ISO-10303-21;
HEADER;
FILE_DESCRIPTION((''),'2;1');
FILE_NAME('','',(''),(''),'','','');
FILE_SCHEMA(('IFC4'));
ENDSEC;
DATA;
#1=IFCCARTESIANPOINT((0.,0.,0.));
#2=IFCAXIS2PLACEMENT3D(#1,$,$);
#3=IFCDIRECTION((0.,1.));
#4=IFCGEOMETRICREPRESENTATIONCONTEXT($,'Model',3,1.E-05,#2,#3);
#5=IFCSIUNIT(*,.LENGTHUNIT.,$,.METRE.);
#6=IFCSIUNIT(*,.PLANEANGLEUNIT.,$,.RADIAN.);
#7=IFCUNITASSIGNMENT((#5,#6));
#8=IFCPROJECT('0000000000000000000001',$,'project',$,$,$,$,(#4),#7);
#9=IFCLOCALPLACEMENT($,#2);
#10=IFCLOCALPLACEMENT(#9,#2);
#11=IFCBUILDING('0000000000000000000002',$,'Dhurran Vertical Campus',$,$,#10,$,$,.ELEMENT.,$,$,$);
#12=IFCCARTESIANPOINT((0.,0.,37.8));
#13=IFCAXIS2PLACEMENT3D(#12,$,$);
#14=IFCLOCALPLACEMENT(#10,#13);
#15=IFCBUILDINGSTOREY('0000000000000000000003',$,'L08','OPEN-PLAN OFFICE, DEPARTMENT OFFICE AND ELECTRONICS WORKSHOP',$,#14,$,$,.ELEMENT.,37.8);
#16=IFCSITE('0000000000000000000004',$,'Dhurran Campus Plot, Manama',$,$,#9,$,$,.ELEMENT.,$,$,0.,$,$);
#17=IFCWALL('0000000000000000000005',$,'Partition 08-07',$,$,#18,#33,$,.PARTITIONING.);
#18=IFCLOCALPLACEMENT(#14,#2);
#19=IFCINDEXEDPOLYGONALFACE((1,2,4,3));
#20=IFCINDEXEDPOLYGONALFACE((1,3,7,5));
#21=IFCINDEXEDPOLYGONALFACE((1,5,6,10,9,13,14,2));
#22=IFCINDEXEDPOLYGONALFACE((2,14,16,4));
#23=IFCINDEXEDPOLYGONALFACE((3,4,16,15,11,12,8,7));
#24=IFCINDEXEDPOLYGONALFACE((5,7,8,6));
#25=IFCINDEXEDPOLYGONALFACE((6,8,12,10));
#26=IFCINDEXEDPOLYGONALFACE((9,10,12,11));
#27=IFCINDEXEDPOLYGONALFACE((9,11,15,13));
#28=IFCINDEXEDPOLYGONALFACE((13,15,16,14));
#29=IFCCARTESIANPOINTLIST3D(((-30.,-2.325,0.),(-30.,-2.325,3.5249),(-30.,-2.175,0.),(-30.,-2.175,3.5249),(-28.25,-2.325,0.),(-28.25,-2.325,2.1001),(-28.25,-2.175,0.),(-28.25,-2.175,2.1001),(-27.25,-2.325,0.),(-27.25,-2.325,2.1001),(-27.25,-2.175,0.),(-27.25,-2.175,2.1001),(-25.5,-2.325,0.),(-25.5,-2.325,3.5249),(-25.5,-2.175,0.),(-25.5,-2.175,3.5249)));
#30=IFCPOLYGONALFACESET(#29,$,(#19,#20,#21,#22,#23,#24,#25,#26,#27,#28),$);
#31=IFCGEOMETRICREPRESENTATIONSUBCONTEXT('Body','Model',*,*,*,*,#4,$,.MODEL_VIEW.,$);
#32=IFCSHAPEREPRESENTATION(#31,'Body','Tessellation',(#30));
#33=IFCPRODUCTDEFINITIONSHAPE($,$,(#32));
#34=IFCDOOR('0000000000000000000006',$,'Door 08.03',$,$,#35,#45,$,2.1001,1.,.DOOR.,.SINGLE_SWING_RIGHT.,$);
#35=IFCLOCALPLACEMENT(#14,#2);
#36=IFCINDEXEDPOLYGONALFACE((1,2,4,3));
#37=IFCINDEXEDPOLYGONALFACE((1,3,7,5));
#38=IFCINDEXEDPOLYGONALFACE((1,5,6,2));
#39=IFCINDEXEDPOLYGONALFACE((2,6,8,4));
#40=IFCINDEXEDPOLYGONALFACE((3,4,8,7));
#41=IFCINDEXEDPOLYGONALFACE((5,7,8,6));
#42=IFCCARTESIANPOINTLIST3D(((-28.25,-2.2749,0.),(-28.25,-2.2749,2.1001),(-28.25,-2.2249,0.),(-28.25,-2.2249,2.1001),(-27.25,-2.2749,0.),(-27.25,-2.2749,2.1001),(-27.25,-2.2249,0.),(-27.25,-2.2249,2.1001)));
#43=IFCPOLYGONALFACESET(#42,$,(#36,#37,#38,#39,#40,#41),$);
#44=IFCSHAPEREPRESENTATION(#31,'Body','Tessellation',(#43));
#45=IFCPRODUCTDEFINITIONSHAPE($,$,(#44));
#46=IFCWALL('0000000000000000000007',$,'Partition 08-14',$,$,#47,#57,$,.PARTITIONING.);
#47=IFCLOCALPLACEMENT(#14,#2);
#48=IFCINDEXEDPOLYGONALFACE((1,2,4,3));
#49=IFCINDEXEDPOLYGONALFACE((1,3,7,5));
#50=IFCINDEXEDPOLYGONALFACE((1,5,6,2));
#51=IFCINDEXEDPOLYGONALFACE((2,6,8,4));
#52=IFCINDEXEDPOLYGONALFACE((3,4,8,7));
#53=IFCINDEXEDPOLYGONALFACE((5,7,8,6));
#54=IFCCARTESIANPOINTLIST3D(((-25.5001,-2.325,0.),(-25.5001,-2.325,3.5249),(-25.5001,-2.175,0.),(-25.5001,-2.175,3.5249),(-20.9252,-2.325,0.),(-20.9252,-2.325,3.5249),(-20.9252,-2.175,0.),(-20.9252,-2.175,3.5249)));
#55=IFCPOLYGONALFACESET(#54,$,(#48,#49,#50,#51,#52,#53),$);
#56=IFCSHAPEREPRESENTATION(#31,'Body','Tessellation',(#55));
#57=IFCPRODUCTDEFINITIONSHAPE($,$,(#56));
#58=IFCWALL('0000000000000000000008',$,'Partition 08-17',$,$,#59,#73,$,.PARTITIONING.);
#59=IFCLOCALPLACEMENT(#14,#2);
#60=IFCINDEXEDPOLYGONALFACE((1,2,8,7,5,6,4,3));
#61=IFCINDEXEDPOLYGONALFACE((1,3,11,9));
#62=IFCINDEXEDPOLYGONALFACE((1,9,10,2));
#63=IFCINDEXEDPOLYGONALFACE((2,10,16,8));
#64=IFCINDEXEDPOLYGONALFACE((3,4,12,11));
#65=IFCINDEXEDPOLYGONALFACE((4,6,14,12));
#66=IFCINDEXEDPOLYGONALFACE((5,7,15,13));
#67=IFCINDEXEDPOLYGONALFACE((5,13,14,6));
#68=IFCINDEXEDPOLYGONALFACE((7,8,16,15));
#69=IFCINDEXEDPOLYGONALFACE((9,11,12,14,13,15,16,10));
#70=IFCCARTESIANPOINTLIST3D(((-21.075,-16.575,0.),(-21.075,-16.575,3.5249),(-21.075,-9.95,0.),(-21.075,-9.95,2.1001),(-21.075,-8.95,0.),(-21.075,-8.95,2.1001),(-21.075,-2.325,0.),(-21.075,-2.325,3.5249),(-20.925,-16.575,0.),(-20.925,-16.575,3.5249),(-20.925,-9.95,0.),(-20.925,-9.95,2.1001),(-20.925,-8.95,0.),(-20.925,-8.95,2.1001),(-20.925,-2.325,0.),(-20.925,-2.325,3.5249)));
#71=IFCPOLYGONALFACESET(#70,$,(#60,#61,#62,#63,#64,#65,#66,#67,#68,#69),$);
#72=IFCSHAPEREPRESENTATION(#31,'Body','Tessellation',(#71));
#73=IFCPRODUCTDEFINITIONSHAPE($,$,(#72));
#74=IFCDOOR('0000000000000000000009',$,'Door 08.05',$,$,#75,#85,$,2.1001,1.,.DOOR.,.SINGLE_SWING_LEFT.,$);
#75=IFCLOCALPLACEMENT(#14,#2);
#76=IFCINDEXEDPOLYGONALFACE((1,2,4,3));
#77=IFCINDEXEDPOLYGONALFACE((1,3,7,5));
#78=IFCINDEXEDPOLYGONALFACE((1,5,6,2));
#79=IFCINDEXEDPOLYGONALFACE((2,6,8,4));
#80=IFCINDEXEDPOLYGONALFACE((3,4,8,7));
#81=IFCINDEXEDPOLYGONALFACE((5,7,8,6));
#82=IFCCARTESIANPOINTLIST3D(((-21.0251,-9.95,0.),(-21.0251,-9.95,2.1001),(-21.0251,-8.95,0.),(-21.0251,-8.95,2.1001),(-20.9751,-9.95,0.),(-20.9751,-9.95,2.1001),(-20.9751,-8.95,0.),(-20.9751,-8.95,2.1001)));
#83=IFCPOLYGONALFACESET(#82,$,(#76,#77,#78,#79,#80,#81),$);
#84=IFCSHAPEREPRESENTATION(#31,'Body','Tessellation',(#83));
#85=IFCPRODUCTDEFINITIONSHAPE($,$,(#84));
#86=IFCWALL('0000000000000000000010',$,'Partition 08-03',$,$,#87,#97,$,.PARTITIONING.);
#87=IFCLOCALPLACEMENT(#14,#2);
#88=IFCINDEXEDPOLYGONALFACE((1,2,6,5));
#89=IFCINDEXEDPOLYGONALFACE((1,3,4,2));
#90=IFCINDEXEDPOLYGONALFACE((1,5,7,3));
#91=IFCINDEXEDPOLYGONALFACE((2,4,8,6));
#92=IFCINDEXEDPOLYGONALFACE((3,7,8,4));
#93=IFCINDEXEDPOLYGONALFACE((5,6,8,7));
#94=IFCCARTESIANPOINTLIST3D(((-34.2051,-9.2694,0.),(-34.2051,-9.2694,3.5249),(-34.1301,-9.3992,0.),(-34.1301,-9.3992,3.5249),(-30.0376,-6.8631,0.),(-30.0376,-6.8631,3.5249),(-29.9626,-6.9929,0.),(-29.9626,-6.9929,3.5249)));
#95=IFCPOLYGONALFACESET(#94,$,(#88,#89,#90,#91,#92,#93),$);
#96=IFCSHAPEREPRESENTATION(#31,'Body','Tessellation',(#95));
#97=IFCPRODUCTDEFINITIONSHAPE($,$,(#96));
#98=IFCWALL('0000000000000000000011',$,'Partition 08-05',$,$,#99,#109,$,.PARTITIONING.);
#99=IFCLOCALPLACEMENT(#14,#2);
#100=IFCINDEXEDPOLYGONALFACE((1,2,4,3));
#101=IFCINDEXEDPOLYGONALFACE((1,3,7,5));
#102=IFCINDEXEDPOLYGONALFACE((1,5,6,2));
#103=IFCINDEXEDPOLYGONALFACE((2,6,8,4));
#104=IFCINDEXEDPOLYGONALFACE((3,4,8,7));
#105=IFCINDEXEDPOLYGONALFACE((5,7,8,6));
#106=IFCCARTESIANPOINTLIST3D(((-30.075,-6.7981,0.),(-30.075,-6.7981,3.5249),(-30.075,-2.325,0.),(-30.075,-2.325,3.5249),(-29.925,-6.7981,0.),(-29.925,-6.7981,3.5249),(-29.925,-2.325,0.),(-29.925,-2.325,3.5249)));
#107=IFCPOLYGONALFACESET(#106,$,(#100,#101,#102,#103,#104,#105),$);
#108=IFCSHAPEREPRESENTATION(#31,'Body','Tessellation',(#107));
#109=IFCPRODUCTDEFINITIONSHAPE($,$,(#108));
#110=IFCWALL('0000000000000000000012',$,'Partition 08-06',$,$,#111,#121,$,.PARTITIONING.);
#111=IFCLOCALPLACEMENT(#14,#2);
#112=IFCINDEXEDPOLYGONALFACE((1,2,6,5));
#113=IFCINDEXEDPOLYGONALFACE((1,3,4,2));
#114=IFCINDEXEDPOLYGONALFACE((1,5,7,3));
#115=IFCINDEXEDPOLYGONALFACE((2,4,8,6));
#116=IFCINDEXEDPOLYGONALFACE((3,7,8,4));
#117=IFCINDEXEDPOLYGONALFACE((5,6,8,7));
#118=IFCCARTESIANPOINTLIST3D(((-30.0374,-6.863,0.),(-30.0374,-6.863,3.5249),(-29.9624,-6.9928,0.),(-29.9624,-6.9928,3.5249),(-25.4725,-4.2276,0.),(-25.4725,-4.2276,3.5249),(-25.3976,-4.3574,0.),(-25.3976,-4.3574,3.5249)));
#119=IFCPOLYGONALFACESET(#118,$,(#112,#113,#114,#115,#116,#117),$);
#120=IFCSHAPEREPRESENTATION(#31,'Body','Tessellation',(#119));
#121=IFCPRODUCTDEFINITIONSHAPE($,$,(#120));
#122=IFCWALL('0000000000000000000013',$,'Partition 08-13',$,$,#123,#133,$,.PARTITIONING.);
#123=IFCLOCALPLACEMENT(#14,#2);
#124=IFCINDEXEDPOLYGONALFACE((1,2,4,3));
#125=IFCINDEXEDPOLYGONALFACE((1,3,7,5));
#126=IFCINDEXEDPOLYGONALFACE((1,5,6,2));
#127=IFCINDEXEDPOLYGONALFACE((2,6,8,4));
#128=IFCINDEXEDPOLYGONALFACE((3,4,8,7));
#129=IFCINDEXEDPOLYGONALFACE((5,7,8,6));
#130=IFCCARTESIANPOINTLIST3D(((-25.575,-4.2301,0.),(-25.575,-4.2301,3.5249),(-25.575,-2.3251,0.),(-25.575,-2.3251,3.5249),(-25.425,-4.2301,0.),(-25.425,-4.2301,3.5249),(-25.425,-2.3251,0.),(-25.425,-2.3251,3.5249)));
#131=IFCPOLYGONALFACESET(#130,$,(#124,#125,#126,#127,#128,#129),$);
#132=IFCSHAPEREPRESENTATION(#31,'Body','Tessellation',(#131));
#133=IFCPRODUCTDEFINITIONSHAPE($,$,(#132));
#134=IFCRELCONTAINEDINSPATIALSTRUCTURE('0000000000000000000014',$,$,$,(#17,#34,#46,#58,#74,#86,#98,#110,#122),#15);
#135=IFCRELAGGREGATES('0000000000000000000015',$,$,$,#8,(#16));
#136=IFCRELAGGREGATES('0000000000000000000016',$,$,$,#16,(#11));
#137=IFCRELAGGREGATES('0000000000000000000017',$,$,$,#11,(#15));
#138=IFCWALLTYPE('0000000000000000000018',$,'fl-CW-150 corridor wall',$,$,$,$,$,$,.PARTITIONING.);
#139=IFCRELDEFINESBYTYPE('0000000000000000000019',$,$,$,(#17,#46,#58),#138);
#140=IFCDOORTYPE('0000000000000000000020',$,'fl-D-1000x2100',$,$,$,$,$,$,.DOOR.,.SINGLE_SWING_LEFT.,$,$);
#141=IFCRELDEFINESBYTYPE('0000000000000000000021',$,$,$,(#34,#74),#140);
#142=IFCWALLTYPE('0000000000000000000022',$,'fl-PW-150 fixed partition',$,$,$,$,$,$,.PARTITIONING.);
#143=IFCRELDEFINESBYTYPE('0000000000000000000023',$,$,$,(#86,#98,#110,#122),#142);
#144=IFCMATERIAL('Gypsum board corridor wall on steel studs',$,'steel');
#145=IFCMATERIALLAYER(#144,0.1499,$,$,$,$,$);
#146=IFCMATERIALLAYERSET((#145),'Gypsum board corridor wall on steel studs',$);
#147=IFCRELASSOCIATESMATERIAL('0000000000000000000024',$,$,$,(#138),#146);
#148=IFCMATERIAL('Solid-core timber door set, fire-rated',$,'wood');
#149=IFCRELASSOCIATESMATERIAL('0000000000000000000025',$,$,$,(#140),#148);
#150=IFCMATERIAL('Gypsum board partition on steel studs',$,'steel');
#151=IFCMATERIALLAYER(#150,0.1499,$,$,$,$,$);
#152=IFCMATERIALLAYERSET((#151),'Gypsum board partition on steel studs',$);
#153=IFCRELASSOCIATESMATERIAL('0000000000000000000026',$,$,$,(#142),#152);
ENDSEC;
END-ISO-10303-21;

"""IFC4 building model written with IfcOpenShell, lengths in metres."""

from ifc_helpers import new_model, si_unit, direction, frame, frame_2d, origin, place, context, subcontext, project, spatial, rectangle, extrude, material, layer, layer_set, type_object, element, fill, save


model = new_model("IFC4")

# Units and contexts
model_context = context("Model", 3, precision=1e-05, world=origin(), true_north=direction((0.0, 1.0)))
body_context = subcontext(model_context, "Body", "Model", "MODEL_VIEW")
ifc_project = project(units=[si_unit("LENGTHUNIT", "METRE"), si_unit("PLANEANGLEUNIT", "RADIAN")], contexts=[model_context])

# Site, building, storey
site_placement = place(None, origin())
site = spatial("IfcSite", under=ifc_project, at=site_placement, Name="Dhurran Campus Plot, Manama", CompositionType="ELEMENT", RefElevation=0.0)
building_placement = place(site_placement, origin())
building = spatial("IfcBuilding", under=site, at=building_placement, Name="Dhurran Vertical Campus", CompositionType="ELEMENT")
storey_placement = place(building_placement, frame((0.0, 0.0, 37.8)))
storey = spatial("IfcBuildingStorey", under=building, at=storey_placement, Name="L08", Description="OPEN-PLAN OFFICE, DEPARTMENT OFFICE AND ELECTRONICS WORKSHOP", CompositionType="ELEMENT", Elevation=37.8)

# Wall, opening, door
ifc_material_1 = material(Name="Gypsum board corridor wall on steel studs", Category="steel")
ifc_layer_1 = layer(ifc_material_1, 0.1499)
ifc_layer_set_1 = layer_set([ifc_layer_1], Name="Gypsum board corridor wall on steel studs")
wall_type_1 = type_object("IfcWallType", Name="fl-CW-150 corridor wall", PredefinedType="PARTITIONING", material=ifc_layer_set_1)
ifc_material_2 = material(Name="Solid-core timber door set, fire-rated", Category="wood")
door_type_1 = type_object("IfcDoorType", Name="fl-D-1000x2100", OperationType="SINGLE_SWING_LEFT", PredefinedType="DOOR", material=ifc_material_2)
wall_1_placement = place(storey_placement, frame((-25.5, -2.25, 0.0), z_axis=(0.0, 0.0, 1.0), x_axis=(-1.0, 0.0, 0.0)))
wall_1 = element("IfcWall", 1, at=wall_1_placement, inside=storey, type_object=wall_type_1, Name="Partition 08-07", PredefinedType="PARTITIONING", context=body_context, shape_type="SweptSolid", body=[
    extrude(rectangle(XDim=4.5, YDim=0.1499, at=frame_2d((2.25, 0.0))), origin(), (0.0, 0.0, 1.0), 3.5249),
])
opening_1_placement = place(wall_1_placement, frame((1.75, 0.0, 0.0)))
opening_1 = element("IfcOpeningElement", 2, at=opening_1_placement, cuts=wall_1, PredefinedType="OPENING", context=body_context, shape_type="SweptSolid", body=[
    extrude(rectangle(XDim=1.0, YDim=2.1001, at=frame_2d((0.5, 1.05))), frame((0.0, 0.085, 0.0), z_axis=(0.0, -1.0, 0.0), x_axis=(1.0, 0.0, 0.0)), (0.0, 0.0, 1.0), 0.1699),
])
door_1_placement = place(opening_1_placement, origin())
door_1 = element("IfcDoor", 3, at=door_1_placement, inside=storey, type_object=door_type_1, Name="Door 08.03", OperationType="SINGLE_SWING_RIGHT", OverallHeight=2.1001, OverallWidth=1.0, PredefinedType="DOOR", context=body_context, shape_type="SweptSolid", body=[
    extrude(rectangle(XDim=1.0, YDim=2.1001, at=frame_2d((0.5, 1.05))), frame((0.0, 0.0249, 0.0), z_axis=(0.0, -1.0, 0.0), x_axis=(1.0, 0.0, 0.0)), (0.0, 0.0, 1.0), 0.05),
])
fill(opening_1, door_1)

# Wall
wall_2_placement = place(storey_placement, frame((-20.925, -2.25, 0.0), z_axis=(0.0, 0.0, 1.0), x_axis=(-1.0, 0.0, 0.0)))
element("IfcWall", 4, at=wall_2_placement, inside=storey, type_object=wall_type_1, Name="Partition 08-14", PredefinedType="PARTITIONING", context=body_context, shape_type="SweptSolid", body=[
    extrude(rectangle(XDim=4.575, YDim=0.1499, at=frame_2d((2.2876, 0.0))), origin(), (0.0, 0.0, 1.0), 3.5249),
])

# Wall, opening, door
wall_3_placement = place(storey_placement, frame((-21.0, -2.325, 0.0), z_axis=(0.0, 0.0, 1.0), x_axis=(0.0, -1.0, 0.0)))
wall_3 = element("IfcWall", 5, at=wall_3_placement, inside=storey, type_object=wall_type_1, Name="Partition 08-17", PredefinedType="PARTITIONING", context=body_context, shape_type="SweptSolid", body=[
    extrude(rectangle(XDim=14.25, YDim=0.1499, at=frame_2d((7.125, 0.0))), origin(), (0.0, 0.0, 1.0), 3.5249),
])
opening_2_placement = place(wall_3_placement, frame((6.625, 0.0, 0.0)))
opening_2 = element("IfcOpeningElement", 6, at=opening_2_placement, cuts=wall_3, PredefinedType="OPENING", context=body_context, shape_type="SweptSolid", body=[
    extrude(rectangle(XDim=1.0, YDim=2.1001, at=frame_2d((0.5, 1.05))), frame((0.0, 0.085, 0.0), z_axis=(0.0, -1.0, 0.0), x_axis=(1.0, 0.0, 0.0)), (0.0, 0.0, 1.0), 0.1699),
])
door_2_placement = place(opening_2_placement, origin())
door_2 = element("IfcDoor", 7, at=door_2_placement, inside=storey, type_object=door_type_1, Name="Door 08.05", OperationType="SINGLE_SWING_LEFT", OverallHeight=2.1001, OverallWidth=1.0, PredefinedType="DOOR", context=body_context, shape_type="SweptSolid", body=[
    extrude(rectangle(XDim=1.0, YDim=2.1001, at=frame_2d((0.5, 1.05))), frame((0.0, 0.0249, 0.0), z_axis=(0.0, -1.0, 0.0), x_axis=(1.0, 0.0, 0.0)), (0.0, 0.0, 1.0), 0.05),
])
fill(opening_2, door_2)

# Walls
ifc_material_3 = material(Name="Gypsum board partition on steel studs", Category="steel")
ifc_layer_2 = layer(ifc_material_3, 0.1499)
ifc_layer_set_2 = layer_set([ifc_layer_2], Name="Gypsum board partition on steel studs")
wall_type_2 = type_object("IfcWallType", Name="fl-PW-150 fixed partition", PredefinedType="PARTITIONING", material=ifc_layer_set_2)
wall_4_placement = place(storey_placement, frame((-30.0, -6.928, 0.0), z_axis=(0.0, 0.0, 1.0), x_axis=(-0.866012, -0.500024, 0.0)))
element("IfcWall", 8, at=wall_4_placement, inside=storey, type_object=wall_type_2, Name="Partition 08-03", PredefinedType="PARTITIONING", context=body_context, shape_type="SweptSolid", body=[
    extrude(rectangle(XDim=4.8123, YDim=0.1499, at=frame_2d((2.4062, 0.0))), origin(), (0.0, 0.0, 1.0), 3.5249),
])
wall_5_placement = place(storey_placement, frame((-30.0, -2.325, 0.0), z_axis=(0.0, 0.0, 1.0), x_axis=(0.0, -1.0, 0.0)))
element("IfcWall", 9, at=wall_5_placement, inside=storey, type_object=wall_type_2, Name="Partition 08-05", PredefinedType="PARTITIONING", context=body_context, shape_type="SweptSolid", body=[
    extrude(rectangle(XDim=4.4731, YDim=0.1499, at=frame_2d((2.2366, 0.0))), origin(), (0.0, 0.0, 1.0), 3.5249),
])
wall_6_placement = place(storey_placement, frame((-25.4351, -4.2925, 0.0), z_axis=(0.0, 0.0, 1.0), x_axis=(-0.866031, -0.49999, 0.0)))
element("IfcWall", 10, at=wall_6_placement, inside=storey, type_object=wall_type_2, Name="Partition 08-06", PredefinedType="PARTITIONING", context=body_context, shape_type="SweptSolid", body=[
    extrude(rectangle(XDim=5.271, YDim=0.1499, at=frame_2d((2.6355, 0.0))), origin(), (0.0, 0.0, 1.0), 3.5249),
])
wall_7_placement = place(storey_placement, frame((-25.5, -2.325, 0.0), z_axis=(0.0, 0.0, 1.0), x_axis=(0.0, -1.0, 0.0)))
element("IfcWall", 11, at=wall_7_placement, inside=storey, type_object=wall_type_2, Name="Partition 08-13", PredefinedType="PARTITIONING", context=body_context, shape_type="SweptSolid", body=[
    extrude(rectangle(XDim=1.905, YDim=0.1499, at=frame_2d((0.9526, 0.0))), origin(), (0.0, 0.0, 1.0), 3.5249),
])

save(model, "model.ifc")
